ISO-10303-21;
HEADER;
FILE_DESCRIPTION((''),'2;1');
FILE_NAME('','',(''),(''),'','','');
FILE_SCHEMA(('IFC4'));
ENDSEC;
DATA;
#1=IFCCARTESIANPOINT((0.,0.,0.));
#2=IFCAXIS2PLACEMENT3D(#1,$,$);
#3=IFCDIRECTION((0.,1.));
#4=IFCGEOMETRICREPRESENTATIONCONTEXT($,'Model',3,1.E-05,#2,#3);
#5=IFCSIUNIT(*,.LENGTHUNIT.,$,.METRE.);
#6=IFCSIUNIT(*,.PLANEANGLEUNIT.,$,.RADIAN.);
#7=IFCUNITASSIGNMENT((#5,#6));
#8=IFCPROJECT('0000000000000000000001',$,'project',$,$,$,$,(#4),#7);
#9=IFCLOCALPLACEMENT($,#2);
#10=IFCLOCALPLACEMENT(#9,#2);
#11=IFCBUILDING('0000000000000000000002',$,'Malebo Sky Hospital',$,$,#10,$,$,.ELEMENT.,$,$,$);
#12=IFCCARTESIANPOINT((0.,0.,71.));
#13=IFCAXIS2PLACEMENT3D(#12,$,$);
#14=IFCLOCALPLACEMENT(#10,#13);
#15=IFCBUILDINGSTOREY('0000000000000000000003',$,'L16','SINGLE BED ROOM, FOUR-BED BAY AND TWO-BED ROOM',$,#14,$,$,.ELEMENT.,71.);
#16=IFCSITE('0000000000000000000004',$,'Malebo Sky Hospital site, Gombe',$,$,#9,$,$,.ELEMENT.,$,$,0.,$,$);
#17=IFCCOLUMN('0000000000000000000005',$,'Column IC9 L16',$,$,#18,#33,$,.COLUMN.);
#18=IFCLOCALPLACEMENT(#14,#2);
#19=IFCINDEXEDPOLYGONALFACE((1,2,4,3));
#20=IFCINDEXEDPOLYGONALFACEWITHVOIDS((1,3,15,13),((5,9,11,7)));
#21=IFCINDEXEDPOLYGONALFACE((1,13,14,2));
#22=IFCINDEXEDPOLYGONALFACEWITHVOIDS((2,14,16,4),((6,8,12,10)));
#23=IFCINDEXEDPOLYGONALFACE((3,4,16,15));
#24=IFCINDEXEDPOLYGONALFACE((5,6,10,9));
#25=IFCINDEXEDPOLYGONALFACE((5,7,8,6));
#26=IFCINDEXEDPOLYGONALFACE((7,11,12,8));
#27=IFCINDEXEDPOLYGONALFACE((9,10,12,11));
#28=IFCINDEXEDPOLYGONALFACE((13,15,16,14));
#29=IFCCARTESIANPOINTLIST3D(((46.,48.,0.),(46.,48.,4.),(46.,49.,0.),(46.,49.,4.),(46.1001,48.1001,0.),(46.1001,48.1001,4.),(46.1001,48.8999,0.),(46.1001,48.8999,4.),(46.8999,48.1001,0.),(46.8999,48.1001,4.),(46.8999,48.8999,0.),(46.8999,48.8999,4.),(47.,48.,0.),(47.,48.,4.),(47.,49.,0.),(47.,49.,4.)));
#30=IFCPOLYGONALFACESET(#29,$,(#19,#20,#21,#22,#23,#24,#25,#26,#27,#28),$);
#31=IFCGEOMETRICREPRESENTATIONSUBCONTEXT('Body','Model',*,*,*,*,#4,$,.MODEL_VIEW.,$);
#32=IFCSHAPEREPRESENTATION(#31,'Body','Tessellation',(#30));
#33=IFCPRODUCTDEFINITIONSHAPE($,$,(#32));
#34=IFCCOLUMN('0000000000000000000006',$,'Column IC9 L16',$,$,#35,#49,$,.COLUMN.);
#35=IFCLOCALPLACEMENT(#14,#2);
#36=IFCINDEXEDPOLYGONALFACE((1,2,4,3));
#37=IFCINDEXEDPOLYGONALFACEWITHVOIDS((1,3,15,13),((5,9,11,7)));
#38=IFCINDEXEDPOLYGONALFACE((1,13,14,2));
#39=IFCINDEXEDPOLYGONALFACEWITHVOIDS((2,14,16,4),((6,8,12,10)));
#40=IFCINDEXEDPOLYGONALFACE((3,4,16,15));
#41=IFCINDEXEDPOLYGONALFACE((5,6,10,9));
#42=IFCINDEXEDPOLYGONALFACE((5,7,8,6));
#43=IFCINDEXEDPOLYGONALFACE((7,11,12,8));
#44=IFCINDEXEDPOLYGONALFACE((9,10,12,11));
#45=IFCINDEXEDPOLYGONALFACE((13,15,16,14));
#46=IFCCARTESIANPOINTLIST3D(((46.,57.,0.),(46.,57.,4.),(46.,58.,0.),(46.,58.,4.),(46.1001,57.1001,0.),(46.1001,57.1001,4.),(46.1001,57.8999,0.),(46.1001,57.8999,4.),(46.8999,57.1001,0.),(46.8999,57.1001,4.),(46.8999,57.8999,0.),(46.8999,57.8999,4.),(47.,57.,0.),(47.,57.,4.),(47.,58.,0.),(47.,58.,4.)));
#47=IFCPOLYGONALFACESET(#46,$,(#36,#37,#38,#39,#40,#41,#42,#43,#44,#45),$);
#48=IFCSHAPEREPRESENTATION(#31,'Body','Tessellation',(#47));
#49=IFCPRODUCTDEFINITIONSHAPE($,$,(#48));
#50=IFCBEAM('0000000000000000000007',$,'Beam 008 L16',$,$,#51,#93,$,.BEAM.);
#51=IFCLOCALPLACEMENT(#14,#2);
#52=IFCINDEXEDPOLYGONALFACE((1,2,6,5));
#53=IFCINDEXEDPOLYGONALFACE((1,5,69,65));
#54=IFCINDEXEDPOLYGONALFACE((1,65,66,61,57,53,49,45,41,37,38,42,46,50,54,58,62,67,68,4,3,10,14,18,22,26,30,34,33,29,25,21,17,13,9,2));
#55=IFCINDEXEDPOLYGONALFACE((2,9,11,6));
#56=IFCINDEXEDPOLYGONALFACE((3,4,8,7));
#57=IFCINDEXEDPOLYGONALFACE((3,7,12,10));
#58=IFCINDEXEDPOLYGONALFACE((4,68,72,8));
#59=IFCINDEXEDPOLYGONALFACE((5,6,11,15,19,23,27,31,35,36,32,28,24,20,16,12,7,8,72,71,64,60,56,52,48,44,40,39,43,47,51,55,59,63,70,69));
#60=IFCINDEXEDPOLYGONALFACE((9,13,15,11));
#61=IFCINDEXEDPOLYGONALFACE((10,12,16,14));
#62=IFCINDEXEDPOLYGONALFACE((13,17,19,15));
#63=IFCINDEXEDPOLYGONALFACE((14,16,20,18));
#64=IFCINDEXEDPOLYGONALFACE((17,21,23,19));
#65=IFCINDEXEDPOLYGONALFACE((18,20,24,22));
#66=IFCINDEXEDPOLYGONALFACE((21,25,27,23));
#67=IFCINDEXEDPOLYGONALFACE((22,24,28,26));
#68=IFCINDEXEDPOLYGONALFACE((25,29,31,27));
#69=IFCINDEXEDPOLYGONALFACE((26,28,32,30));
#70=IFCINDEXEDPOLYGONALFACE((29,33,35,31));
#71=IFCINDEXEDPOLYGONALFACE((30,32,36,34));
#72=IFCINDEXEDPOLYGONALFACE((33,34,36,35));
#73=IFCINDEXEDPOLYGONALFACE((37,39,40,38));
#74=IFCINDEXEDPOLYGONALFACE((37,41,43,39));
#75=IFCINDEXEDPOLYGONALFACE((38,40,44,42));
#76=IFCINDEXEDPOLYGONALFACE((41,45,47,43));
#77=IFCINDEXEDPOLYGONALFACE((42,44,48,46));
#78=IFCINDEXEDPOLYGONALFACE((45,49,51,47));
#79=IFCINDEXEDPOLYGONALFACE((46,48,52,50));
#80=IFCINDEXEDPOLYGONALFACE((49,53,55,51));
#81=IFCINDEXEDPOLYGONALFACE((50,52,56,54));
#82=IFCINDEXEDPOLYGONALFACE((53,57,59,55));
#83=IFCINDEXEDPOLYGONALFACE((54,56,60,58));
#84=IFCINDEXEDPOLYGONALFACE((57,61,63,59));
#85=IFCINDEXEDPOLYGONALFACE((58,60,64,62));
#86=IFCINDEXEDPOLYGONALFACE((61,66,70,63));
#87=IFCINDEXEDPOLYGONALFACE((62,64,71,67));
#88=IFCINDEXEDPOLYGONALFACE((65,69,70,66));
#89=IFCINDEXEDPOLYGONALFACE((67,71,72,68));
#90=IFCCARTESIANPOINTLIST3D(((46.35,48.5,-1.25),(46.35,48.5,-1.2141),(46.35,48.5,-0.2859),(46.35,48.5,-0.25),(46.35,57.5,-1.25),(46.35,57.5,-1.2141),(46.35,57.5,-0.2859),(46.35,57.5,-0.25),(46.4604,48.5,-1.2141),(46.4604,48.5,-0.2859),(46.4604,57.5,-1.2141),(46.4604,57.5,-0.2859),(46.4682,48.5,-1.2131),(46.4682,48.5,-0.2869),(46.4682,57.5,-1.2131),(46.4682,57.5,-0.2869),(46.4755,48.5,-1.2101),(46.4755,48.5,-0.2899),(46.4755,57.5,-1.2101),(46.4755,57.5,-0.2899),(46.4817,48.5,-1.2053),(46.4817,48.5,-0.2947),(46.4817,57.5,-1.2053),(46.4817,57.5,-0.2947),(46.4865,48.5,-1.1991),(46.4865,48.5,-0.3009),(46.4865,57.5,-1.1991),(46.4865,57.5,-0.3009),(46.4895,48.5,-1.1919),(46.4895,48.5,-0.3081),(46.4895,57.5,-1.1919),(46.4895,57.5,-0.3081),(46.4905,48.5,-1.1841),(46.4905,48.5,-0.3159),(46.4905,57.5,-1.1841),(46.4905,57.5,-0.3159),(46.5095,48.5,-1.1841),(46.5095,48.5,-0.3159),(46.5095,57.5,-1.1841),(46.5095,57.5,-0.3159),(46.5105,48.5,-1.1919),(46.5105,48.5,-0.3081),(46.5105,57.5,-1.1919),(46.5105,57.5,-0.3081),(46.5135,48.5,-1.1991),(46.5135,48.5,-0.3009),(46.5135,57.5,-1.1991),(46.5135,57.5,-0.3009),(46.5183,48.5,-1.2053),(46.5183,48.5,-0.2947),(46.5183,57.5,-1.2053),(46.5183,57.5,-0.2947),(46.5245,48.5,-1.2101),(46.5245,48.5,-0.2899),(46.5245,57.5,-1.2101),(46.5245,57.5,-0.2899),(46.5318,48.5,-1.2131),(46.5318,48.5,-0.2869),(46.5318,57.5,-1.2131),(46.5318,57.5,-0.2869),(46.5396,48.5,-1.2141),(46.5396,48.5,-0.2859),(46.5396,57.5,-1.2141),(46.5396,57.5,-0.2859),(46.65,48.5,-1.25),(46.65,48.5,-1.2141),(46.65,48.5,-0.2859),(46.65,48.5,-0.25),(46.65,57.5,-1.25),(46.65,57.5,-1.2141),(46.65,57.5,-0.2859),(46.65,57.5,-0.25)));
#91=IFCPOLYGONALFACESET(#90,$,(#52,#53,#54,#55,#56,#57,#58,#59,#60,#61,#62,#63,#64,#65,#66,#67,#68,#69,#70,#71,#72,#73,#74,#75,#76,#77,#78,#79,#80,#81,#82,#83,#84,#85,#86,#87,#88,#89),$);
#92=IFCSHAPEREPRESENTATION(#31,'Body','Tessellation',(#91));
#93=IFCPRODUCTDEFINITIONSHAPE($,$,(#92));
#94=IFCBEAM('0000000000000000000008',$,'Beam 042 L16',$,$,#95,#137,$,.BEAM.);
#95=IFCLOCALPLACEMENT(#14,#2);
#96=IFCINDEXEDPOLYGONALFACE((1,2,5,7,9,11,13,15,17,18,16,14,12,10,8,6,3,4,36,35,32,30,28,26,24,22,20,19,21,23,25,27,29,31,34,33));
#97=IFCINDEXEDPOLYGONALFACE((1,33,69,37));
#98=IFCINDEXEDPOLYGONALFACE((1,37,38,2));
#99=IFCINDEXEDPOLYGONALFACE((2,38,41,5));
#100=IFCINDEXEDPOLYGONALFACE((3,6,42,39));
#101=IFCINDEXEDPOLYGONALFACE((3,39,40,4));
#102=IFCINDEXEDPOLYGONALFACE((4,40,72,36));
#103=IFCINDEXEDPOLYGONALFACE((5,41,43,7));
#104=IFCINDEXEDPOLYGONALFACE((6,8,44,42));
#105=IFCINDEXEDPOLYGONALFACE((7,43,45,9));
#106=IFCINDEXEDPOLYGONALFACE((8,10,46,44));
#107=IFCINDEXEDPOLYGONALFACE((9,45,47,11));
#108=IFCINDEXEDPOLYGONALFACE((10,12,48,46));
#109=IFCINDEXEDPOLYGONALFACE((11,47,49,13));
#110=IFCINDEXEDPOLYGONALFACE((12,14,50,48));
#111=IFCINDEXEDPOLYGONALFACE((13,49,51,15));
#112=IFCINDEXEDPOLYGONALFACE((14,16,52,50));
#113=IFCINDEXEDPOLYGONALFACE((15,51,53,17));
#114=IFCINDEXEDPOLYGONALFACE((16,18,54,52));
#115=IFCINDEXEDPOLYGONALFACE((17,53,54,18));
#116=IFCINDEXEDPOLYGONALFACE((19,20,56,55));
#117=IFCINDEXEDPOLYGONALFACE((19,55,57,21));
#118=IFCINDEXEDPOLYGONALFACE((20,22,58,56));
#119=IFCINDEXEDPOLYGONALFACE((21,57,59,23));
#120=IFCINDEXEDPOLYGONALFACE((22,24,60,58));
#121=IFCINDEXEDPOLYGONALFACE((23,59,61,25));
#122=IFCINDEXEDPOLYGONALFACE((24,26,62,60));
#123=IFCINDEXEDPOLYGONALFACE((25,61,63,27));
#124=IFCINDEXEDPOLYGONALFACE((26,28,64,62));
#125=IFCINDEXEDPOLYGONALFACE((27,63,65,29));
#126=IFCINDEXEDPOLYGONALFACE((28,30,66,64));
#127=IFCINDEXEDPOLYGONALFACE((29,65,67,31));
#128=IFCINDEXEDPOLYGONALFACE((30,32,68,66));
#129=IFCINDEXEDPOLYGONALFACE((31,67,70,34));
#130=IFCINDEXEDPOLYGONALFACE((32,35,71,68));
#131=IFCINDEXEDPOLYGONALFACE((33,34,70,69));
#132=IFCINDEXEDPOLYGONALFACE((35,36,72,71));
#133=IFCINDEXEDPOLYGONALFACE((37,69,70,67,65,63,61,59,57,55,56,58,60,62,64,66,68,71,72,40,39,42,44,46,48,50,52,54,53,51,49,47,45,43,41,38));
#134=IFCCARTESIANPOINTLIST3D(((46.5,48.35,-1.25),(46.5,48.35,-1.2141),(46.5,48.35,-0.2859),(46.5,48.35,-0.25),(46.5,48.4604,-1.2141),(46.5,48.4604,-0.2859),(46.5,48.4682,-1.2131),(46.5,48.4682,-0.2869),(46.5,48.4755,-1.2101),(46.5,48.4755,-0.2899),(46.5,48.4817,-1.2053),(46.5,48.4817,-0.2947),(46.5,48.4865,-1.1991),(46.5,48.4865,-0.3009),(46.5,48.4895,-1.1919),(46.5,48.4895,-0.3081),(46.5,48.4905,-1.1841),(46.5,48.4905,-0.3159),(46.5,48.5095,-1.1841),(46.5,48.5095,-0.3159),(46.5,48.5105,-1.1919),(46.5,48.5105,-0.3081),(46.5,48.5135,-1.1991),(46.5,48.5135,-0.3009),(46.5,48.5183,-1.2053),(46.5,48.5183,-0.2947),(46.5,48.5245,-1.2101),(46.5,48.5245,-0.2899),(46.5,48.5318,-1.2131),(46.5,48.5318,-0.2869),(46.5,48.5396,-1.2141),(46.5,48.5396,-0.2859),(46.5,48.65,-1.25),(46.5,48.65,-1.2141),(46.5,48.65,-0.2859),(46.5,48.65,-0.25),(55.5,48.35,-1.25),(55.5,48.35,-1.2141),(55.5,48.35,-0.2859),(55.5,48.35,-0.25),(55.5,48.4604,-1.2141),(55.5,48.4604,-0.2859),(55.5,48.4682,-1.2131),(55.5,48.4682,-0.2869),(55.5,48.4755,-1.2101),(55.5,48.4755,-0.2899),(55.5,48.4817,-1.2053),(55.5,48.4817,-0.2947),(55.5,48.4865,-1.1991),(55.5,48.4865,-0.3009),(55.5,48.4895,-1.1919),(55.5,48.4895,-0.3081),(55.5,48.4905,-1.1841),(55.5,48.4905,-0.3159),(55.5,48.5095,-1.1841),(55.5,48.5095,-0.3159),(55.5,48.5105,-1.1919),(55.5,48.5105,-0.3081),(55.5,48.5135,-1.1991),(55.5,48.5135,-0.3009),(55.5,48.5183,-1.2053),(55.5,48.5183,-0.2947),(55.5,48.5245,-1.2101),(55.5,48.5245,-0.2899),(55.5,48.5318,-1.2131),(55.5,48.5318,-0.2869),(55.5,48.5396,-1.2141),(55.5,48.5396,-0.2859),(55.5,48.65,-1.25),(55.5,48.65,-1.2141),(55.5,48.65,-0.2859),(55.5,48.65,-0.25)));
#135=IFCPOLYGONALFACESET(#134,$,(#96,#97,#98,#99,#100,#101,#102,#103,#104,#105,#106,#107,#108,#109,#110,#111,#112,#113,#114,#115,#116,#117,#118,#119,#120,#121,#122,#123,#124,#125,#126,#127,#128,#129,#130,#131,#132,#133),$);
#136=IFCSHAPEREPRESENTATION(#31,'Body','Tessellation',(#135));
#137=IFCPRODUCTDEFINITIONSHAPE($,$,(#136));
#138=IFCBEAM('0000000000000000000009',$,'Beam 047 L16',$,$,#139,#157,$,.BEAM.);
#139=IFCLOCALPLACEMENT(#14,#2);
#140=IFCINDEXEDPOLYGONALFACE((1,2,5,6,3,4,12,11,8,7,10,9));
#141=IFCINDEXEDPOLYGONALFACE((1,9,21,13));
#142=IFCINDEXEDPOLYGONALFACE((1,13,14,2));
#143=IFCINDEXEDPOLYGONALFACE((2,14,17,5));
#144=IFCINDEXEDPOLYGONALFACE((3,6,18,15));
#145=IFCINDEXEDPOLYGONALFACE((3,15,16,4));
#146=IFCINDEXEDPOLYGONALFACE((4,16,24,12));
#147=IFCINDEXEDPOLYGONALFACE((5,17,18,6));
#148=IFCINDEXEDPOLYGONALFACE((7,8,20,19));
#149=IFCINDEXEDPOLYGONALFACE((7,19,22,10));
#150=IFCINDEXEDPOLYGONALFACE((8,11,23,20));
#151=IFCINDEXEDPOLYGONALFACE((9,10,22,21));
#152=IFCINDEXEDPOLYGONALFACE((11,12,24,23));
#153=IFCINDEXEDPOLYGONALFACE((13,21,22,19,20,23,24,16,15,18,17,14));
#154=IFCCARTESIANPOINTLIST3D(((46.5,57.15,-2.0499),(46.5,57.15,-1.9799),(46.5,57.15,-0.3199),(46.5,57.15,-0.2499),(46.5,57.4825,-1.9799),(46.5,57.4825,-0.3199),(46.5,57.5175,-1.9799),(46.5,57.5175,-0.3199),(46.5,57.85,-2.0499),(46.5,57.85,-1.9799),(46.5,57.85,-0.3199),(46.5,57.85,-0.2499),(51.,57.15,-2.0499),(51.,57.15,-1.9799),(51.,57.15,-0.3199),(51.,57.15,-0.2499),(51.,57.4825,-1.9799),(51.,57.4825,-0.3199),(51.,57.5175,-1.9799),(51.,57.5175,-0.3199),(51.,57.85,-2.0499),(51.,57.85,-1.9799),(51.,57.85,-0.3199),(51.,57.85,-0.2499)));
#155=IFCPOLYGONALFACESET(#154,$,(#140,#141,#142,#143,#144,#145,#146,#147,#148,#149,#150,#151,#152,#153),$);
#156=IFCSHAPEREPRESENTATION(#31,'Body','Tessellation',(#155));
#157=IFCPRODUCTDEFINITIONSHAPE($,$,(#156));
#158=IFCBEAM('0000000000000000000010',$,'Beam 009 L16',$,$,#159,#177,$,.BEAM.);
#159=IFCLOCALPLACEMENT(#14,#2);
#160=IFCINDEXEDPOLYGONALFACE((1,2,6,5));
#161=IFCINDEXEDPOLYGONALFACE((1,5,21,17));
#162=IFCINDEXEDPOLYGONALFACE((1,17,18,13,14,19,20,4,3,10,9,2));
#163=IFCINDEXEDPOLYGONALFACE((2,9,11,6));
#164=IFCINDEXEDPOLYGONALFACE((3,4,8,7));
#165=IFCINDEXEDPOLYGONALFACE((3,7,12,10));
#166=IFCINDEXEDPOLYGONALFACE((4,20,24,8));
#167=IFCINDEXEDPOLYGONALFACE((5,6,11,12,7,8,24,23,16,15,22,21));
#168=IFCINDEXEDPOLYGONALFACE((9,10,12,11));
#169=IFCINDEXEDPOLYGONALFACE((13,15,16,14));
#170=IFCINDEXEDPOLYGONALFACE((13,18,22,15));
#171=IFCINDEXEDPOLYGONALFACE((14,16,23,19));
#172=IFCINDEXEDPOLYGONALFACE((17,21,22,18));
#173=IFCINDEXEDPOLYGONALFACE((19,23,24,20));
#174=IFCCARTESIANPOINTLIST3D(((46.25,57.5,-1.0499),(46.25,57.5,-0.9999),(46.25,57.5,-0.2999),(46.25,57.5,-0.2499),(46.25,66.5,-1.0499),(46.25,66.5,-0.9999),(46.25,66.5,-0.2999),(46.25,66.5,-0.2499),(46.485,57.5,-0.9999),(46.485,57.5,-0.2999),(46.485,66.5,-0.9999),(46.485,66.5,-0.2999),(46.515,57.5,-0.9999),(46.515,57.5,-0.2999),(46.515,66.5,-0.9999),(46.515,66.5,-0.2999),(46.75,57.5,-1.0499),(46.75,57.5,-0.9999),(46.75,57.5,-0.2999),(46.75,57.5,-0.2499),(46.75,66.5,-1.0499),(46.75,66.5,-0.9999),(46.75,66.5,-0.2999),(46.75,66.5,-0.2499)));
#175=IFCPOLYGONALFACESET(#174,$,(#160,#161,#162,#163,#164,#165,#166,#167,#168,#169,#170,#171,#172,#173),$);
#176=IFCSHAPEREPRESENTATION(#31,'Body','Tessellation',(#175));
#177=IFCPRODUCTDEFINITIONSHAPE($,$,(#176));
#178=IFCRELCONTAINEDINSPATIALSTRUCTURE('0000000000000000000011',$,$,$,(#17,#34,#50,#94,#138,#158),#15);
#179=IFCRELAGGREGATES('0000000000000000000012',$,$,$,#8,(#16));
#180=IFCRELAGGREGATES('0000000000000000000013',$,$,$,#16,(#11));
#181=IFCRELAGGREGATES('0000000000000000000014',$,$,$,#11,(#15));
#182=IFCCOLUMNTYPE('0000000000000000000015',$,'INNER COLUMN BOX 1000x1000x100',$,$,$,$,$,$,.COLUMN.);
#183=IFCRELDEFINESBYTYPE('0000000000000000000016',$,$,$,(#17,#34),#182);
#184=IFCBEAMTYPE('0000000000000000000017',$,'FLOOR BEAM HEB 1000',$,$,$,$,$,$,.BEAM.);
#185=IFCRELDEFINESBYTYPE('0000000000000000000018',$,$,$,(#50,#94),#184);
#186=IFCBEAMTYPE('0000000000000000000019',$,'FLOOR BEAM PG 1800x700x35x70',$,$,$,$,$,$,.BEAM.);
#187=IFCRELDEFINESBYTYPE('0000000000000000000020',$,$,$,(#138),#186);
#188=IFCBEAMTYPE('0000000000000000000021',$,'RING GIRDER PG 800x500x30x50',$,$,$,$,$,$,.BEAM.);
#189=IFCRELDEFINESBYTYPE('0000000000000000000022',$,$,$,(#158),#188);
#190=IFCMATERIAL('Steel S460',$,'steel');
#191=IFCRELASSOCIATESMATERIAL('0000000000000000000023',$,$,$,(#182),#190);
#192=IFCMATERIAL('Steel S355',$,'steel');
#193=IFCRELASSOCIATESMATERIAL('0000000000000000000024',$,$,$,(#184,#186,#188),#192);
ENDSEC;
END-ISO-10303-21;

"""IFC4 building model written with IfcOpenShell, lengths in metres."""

from ifc_helpers import new_model, si_unit, direction, frame, origin, origin_2d, place, context, subcontext, project, spatial, hollow_rectangle, i_section, extrude, material, material_profile, profile_set, type_object, element, save


model = new_model("IFC4")

# Units and contexts
model_context = context("Model", 3, precision=1e-05, world=origin(), true_north=direction((0.0, 1.0)))
body_context = subcontext(model_context, "Body", "Model", "MODEL_VIEW")
ifc_project = project(units=[si_unit("LENGTHUNIT", "METRE"), si_unit("PLANEANGLEUNIT", "RADIAN")], contexts=[model_context])

# Site, building, storey
site_placement = place(None, origin())
site = spatial("IfcSite", under=ifc_project, at=site_placement, Name="Malebo Sky Hospital site, Gombe", CompositionType="ELEMENT", RefElevation=0.0)
building_placement = place(site_placement, origin())
building = spatial("IfcBuilding", under=site, at=building_placement, Name="Malebo Sky Hospital", CompositionType="ELEMENT")
storey_placement = place(building_placement, frame((0.0, 0.0, 71.0)))
storey = spatial("IfcBuildingStorey", under=building, at=storey_placement, Name="L16", Description="SINGLE BED ROOM, FOUR-BED BAY AND TWO-BED ROOM", CompositionType="ELEMENT", Elevation=71.0)

# Columns
ifc_material_1 = material(Name="Steel S460", Category="steel")
ifc_material_profile_1 = material_profile(ifc_material_1, hollow_rectangle(XDim=1.0, YDim=1.0, WallThickness=0.1001, at=origin_2d()), Name="BOX 1000x1000x100")
ifc_profile_set_1 = profile_set([ifc_material_profile_1], Name="Steel S460")
column_type = type_object("IfcColumnType", Name="INNER COLUMN BOX 1000x1000x100", PredefinedType="COLUMN", material=ifc_profile_set_1)
for number, where, z_axis, x_axis, name in (
    (1, (46.5, 48.5, 0.0), (0.0, 0.0, 1.0), (1.0, 0.0, 0.0), "Column IC9 L16"),
    (2, (46.5, 57.5, 0.0), (0.0, 0.0, 1.0), (1.0, 0.0, 0.0), "Column IC9 L16"),
):
    element("IfcColumn", number, at=place(storey_placement, frame(where, z_axis=z_axis, x_axis=x_axis)), inside=storey, type_object=column_type, Name=name, PredefinedType="COLUMN", context=body_context, shape_type="SweptSolid", body=[
        extrude(hollow_rectangle(XDim=1.0, YDim=1.0, WallThickness=0.1001, at=origin_2d()), origin(), (0.0, 0.0, 1.0), 4.0),
    ])

# Beams
ifc_material_2 = material(Name="Steel S355", Category="steel")
ifc_material_profile_2 = material_profile(ifc_material_2, i_section(OverallWidth=0.3, OverallDepth=1.0, WebThickness=0.019, FlangeThickness=0.0359, FilletRadius=0.03, at=origin_2d()), Name="HEB 1000")
ifc_profile_set_2 = profile_set([ifc_material_profile_2], Name="Steel S355")
beam_type_1 = type_object("IfcBeamType", Name="FLOOR BEAM HEB 1000", PredefinedType="BEAM", material=ifc_profile_set_2)
for number, where, z_axis, x_axis, name in (
    (3, (46.5, 48.5, -0.75), (0.0, 1.0, 0.0), (-1.0, 0.0, 0.0), "Beam 008 L16"),
    (4, (46.5, 48.5, -0.75), (1.0, 0.0, 0.0), (0.0, 1.0, 0.0), "Beam 042 L16"),
):
    element("IfcBeam", number, at=place(storey_placement, frame(where, z_axis=z_axis, x_axis=x_axis)), inside=storey, type_object=beam_type_1, Name=name, PredefinedType="BEAM", context=body_context, shape_type="SweptSolid", body=[
        extrude(i_section(OverallWidth=0.3, OverallDepth=1.0, WebThickness=0.019, FlangeThickness=0.0359, FilletRadius=0.03, at=origin_2d()), origin(), (0.0, 0.0, 1.0), 9.0),
    ])
ifc_material_profile_3 = material_profile(ifc_material_2, i_section(OverallWidth=0.7, OverallDepth=1.8, WebThickness=0.0349, FlangeThickness=0.0701, at=origin_2d()), Name="PG 1800x700x35x70")
ifc_profile_set_3 = profile_set([ifc_material_profile_3], Name="Steel S355")
beam_type_2 = type_object("IfcBeamType", Name="FLOOR BEAM PG 1800x700x35x70", PredefinedType="BEAM", material=ifc_profile_set_3)
beam_1_placement = place(storey_placement, frame((46.5, 57.5, -1.1499), z_axis=(1.0, 0.0, 0.0), x_axis=(0.0, 1.0, 0.0)))
element("IfcBeam", 5, at=beam_1_placement, inside=storey, type_object=beam_type_2, Name="Beam 047 L16", PredefinedType="BEAM", context=body_context, shape_type="SweptSolid", body=[
    extrude(i_section(OverallWidth=0.7, OverallDepth=1.8, WebThickness=0.0349, FlangeThickness=0.0701, at=origin_2d()), origin(), (0.0, 0.0, 1.0), 4.5),
])
ifc_material_profile_4 = material_profile(ifc_material_2, i_section(OverallWidth=0.5, OverallDepth=0.8, WebThickness=0.03, FlangeThickness=0.05, at=origin_2d()), Name="PG 800x500x30x50")
ifc_profile_set_4 = profile_set([ifc_material_profile_4], Name="Steel S355")
beam_type_3 = type_object("IfcBeamType", Name="RING GIRDER PG 800x500x30x50", PredefinedType="BEAM", material=ifc_profile_set_4)
beam_2_placement = place(storey_placement, frame((46.5, 57.5, -0.6499), z_axis=(0.0, 1.0, 0.0), x_axis=(-1.0, 0.0, 0.0)))
element("IfcBeam", 6, at=beam_2_placement, inside=storey, type_object=beam_type_3, Name="Beam 009 L16", PredefinedType="BEAM", context=body_context, shape_type="SweptSolid", body=[
    extrude(i_section(OverallWidth=0.5, OverallDepth=0.8, WebThickness=0.03, FlangeThickness=0.05, at=origin_2d()), origin(), (0.0, 0.0, 1.0), 9.0),
])

save(model, "model.ifc")
